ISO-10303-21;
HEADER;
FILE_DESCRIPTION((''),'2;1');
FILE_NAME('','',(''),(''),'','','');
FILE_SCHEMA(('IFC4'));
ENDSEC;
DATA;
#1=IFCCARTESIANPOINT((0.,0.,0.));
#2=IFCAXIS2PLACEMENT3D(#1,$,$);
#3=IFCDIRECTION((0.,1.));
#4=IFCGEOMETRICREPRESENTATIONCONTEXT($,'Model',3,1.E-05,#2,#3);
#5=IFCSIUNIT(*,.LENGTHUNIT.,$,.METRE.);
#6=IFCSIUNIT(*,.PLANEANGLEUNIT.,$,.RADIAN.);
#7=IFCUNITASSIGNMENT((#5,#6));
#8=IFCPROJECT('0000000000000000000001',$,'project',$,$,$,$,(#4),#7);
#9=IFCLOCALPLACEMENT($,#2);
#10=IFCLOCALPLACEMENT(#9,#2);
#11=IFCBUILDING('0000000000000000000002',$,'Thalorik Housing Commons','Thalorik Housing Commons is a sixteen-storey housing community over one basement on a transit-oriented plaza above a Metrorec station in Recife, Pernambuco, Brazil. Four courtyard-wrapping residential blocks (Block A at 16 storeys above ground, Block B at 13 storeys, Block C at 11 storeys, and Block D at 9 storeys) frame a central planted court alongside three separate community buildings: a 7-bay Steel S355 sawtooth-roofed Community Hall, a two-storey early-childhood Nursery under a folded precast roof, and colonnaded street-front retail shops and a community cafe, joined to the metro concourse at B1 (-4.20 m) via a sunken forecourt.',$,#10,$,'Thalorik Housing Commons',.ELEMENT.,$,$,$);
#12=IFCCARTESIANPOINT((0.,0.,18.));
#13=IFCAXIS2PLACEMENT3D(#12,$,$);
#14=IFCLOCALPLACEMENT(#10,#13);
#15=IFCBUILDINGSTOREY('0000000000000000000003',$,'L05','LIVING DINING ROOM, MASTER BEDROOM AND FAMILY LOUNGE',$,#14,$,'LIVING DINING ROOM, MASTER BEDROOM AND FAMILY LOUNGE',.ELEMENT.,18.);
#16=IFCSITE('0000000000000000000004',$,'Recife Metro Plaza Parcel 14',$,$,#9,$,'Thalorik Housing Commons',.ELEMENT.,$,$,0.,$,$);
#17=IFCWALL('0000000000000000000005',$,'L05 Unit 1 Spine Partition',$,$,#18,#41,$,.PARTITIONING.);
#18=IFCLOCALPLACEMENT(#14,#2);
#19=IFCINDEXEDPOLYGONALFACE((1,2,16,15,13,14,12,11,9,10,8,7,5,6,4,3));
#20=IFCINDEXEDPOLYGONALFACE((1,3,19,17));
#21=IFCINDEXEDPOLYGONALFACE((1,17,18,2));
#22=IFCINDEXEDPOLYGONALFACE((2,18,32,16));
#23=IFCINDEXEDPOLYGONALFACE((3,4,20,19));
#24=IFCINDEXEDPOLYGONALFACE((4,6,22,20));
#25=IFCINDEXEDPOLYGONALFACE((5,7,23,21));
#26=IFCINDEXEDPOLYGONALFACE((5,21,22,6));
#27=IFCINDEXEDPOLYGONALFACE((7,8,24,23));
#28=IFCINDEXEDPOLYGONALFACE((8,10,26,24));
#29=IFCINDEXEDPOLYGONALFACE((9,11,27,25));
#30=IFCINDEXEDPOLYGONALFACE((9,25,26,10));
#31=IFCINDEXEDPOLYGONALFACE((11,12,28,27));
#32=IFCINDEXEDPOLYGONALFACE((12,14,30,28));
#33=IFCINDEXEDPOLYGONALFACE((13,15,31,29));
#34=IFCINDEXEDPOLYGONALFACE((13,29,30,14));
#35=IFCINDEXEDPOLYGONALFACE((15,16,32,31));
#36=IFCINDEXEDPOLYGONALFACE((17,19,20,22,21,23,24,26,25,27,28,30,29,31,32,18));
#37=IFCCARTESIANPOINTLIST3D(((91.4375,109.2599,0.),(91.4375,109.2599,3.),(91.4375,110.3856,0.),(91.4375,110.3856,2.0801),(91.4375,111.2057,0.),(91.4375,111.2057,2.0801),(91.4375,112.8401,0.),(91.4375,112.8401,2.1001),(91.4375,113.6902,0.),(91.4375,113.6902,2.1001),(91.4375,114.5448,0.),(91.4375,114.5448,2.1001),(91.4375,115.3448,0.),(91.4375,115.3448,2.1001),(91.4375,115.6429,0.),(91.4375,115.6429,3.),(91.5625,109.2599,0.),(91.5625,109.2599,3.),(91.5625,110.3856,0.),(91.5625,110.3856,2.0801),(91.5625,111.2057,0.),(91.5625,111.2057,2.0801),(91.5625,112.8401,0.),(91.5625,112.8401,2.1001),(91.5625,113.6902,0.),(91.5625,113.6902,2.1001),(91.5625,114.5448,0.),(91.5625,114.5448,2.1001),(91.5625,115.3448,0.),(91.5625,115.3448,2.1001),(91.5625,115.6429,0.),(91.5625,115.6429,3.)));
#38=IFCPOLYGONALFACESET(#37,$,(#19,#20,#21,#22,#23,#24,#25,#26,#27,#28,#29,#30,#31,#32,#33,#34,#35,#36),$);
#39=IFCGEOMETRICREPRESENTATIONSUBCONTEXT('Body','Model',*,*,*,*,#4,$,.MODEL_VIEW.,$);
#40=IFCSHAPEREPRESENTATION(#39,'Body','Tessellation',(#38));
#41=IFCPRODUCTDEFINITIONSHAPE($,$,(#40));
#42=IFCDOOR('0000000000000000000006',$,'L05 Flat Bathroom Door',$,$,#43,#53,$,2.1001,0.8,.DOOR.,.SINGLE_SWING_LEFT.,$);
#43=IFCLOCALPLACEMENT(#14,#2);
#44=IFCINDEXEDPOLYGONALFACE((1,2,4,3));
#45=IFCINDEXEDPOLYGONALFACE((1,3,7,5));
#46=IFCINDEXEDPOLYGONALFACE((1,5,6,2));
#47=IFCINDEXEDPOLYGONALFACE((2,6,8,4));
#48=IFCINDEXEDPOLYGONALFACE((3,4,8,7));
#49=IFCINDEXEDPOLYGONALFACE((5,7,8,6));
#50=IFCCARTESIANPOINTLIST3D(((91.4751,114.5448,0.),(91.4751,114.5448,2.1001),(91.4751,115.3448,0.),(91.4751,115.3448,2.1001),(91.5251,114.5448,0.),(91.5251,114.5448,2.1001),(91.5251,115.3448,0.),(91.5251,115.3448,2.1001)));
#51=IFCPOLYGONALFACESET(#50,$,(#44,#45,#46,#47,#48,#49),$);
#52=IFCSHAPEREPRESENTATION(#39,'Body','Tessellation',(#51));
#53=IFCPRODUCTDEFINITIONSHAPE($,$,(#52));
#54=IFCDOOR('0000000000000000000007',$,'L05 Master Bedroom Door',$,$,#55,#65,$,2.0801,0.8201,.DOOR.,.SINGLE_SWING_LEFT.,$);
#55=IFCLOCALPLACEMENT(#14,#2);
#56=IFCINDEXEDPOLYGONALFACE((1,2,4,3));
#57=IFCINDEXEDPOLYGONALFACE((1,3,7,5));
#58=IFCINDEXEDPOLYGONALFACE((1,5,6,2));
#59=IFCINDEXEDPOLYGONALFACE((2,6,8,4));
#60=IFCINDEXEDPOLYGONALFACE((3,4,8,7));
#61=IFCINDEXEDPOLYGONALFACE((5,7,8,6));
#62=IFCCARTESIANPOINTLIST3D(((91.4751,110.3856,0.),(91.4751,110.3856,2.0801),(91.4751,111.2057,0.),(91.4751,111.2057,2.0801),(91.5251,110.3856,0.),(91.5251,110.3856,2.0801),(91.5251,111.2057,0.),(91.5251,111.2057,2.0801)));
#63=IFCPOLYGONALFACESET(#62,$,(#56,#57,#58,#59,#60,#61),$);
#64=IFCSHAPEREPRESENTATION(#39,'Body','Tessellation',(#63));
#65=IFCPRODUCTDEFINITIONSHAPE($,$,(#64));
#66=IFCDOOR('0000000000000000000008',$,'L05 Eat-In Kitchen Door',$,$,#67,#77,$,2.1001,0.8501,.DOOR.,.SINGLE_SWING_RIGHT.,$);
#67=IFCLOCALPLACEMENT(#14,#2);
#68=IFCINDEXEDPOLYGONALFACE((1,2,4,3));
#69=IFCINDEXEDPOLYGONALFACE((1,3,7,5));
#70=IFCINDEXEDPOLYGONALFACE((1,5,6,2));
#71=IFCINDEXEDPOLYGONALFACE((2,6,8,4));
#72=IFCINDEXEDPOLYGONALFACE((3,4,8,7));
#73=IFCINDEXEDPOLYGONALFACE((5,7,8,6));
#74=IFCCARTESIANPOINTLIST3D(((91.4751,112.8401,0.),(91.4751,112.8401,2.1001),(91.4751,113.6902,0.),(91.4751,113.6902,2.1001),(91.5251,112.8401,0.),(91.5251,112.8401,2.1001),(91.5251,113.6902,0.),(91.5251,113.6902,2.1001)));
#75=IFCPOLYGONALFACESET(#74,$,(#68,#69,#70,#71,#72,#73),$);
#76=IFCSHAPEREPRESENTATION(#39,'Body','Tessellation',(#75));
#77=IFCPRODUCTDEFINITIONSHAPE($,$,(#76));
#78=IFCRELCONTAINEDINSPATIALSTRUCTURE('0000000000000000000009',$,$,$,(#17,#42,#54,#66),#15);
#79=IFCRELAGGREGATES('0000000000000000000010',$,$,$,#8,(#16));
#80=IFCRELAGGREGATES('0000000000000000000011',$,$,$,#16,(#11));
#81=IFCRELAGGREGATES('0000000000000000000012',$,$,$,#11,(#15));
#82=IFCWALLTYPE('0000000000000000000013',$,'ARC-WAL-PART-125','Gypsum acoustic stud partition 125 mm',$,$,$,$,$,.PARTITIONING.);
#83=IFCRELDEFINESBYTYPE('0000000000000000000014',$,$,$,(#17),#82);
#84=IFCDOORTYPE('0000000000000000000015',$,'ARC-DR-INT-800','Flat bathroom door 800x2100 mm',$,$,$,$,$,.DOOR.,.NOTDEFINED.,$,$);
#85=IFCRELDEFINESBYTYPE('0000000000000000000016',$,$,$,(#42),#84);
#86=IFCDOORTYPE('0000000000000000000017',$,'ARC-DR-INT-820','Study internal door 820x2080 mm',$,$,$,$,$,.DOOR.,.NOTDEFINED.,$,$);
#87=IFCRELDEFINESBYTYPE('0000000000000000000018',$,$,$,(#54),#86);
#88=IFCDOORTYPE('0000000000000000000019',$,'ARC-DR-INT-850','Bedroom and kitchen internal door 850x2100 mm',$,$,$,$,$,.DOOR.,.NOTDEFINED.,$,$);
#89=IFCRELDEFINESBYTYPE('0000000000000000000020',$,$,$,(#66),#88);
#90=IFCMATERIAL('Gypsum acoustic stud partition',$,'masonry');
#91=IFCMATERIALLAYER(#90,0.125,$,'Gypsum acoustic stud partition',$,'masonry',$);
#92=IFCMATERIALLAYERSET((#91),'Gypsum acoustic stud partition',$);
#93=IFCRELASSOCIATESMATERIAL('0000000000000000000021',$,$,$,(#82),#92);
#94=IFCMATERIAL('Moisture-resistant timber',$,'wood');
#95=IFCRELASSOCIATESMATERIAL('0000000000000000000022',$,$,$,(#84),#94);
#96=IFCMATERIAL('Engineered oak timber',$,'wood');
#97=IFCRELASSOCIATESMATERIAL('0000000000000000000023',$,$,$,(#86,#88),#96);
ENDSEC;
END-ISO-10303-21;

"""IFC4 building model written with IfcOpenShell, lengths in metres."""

from ifc_helpers import new_model, si_unit, direction, frame, frame_2d, origin, place, context, subcontext, project, spatial, rectangle, extrude, material, layer, layer_set, type_object, element, fill, save


model = new_model("IFC4")

# Units and contexts
model_context = context("Model", 3, precision=1e-05, world=origin(), true_north=direction((0.0, 1.0)))
body_context = subcontext(model_context, "Body", "Model", "MODEL_VIEW")
ifc_project = project(units=[si_unit("LENGTHUNIT", "METRE"), si_unit("PLANEANGLEUNIT", "RADIAN")], contexts=[model_context])

# Site, building, storey
site_placement = place(None, origin())
site = spatial("IfcSite", under=ifc_project, at=site_placement, Name="Recife Metro Plaza Parcel 14", LongName="Thalorik Housing Commons", CompositionType="ELEMENT", RefElevation=0.0)
building_placement = place(site_placement, origin())
building = spatial("IfcBuilding", under=site, at=building_placement, Name="Thalorik Housing Commons", Description="Thalorik Housing Commons is a sixteen-storey housing community over one basement on a transit-oriented plaza above a Metrorec station in Recife, Pernambuco, Brazil. Four courtyard-wrapping residential blocks (Block A at 16 storeys above ground, Block B at 13 storeys, Block C at 11 storeys, and Block D at 9 storeys) frame a central planted court alongside three separate community buildings: a 7-bay Steel S355 sawtooth-roofed Community Hall, a two-storey early-childhood Nursery under a folded precast roof, and colonnaded street-front retail shops and a community cafe, joined to the metro concourse at B1 (-4.20 m) via a sunken forecourt.", LongName="Thalorik Housing Commons", CompositionType="ELEMENT")
storey_placement = place(building_placement, frame((0.0, 0.0, 18.0)))
storey = spatial("IfcBuildingStorey", under=building, at=storey_placement, Name="L05", Description="LIVING DINING ROOM, MASTER BEDROOM AND FAMILY LOUNGE", LongName="LIVING DINING ROOM, MASTER BEDROOM AND FAMILY LOUNGE", CompositionType="ELEMENT", Elevation=18.0)

# Wall, openings, doors
ifc_material_1 = material(Name="Gypsum acoustic stud partition", Category="masonry")
ifc_layer_1 = layer(ifc_material_1, 0.125, Name="Gypsum acoustic stud partition", Category="masonry")
ifc_layer_set_1 = layer_set([ifc_layer_1], Name="Gypsum acoustic stud partition")
wall_type_1 = type_object("IfcWallType", Name="ARC-WAL-PART-125", Description="Gypsum acoustic stud partition 125 mm", PredefinedType="PARTITIONING", material=ifc_layer_set_1)
wall_1_placement = place(storey_placement, frame((91.5, 109.26, 0.0), z_axis=(0.0, 0.0, 1.0), x_axis=(0.0, 1.0, 0.0)))
wall_1 = element("IfcWall", 1, at=wall_1_placement, inside=storey, type_object=wall_type_1, Name="L05 Unit 1 Spine Partition", PredefinedType="PARTITIONING", context=body_context, shape_type="SweptSolid", body=[
    extrude(rectangle(XDim=6.3831, YDim=0.125, at=frame_2d((3.1914, 0.0))), origin(), (0.0, 0.0, 1.0), 3.0),
])
opening_1_placement = place(wall_1_placement, frame((1.1255, 0.0, 0.0)))
opening_1 = element("IfcOpeningElement", 2, at=opening_1_placement, cuts=wall_1, PredefinedType="OPENING", context=body_context, shape_type="SweptSolid", body=[
    extrude(rectangle(XDim=0.8201, YDim=2.0801, at=frame_2d((0.4102, 1.04))), frame((0.0, 0.0725, 0.0), z_axis=(0.0, -1.0, 0.0), x_axis=(1.0, 0.0, 0.0)), (0.0, 0.0, 1.0), 0.145),
])
opening_2_placement = place(wall_1_placement, frame((3.5801, 0.0, 0.0)))
opening_2 = element("IfcOpeningElement", 3, at=opening_2_placement, cuts=wall_1, PredefinedType="OPENING", context=body_context, shape_type="SweptSolid", body=[
    extrude(rectangle(XDim=0.8501, YDim=2.1001, at=frame_2d((0.425, 1.05))), frame((0.0, 0.0725, 0.0), z_axis=(0.0, -1.0, 0.0), x_axis=(1.0, 0.0, 0.0)), (0.0, 0.0, 1.0), 0.145),
])
opening_3_placement = place(wall_1_placement, frame((5.2849, 0.0, 0.0)))
opening_3 = element("IfcOpeningElement", 4, at=opening_3_placement, cuts=wall_1, PredefinedType="OPENING", context=body_context, shape_type="SweptSolid", body=[
    extrude(rectangle(XDim=0.8, YDim=2.1001, at=frame_2d((0.3999, 1.05))), frame((0.0, 0.0725, 0.0), z_axis=(0.0, -1.0, 0.0), x_axis=(1.0, 0.0, 0.0)), (0.0, 0.0, 1.0), 0.145),
])
ifc_material_2 = material(Name="Moisture-resistant timber", Category="wood")
door_type_1 = type_object("IfcDoorType", Name="ARC-DR-INT-800", Description="Flat bathroom door 800x2100 mm", OperationType="NOTDEFINED", PredefinedType="DOOR", material=ifc_material_2)
door_1_placement = place(opening_3_placement, origin())
door_1 = element("IfcDoor", 5, at=door_1_placement, inside=storey, type_object=door_type_1, Name="L05 Flat Bathroom Door", OperationType="SINGLE_SWING_LEFT", OverallHeight=2.1001, OverallWidth=0.8, PredefinedType="DOOR", context=body_context, shape_type="SweptSolid", body=[
    extrude(rectangle(XDim=0.8, YDim=2.1001, at=frame_2d((0.3999, 1.05))), frame((0.0, 0.0249, 0.0), z_axis=(0.0, -1.0, 0.0), x_axis=(1.0, 0.0, 0.0)), (0.0, 0.0, 1.0), 0.05),
])
fill(opening_3, door_1)
ifc_material_3 = material(Name="Engineered oak timber", Category="wood")
door_type_2 = type_object("IfcDoorType", Name="ARC-DR-INT-820", Description="Study internal door 820x2080 mm", OperationType="NOTDEFINED", PredefinedType="DOOR", material=ifc_material_3)
door_2_placement = place(opening_1_placement, origin())
door_2 = element("IfcDoor", 6, at=door_2_placement, inside=storey, type_object=door_type_2, Name="L05 Master Bedroom Door", OperationType="SINGLE_SWING_LEFT", OverallHeight=2.0801, OverallWidth=0.8201, PredefinedType="DOOR", context=body_context, shape_type="SweptSolid", body=[
    extrude(rectangle(XDim=0.8201, YDim=2.0801, at=frame_2d((0.4102, 1.04))), frame((0.0, 0.0249, 0.0), z_axis=(0.0, -1.0, 0.0), x_axis=(1.0, 0.0, 0.0)), (0.0, 0.0, 1.0), 0.05),
])
fill(opening_1, door_2)
door_type_3 = type_object("IfcDoorType", Name="ARC-DR-INT-850", Description="Bedroom and kitchen internal door 850x2100 mm", OperationType="NOTDEFINED", PredefinedType="DOOR", material=ifc_material_3)
door_3_placement = place(opening_2_placement, origin())
door_3 = element("IfcDoor", 7, at=door_3_placement, inside=storey, type_object=door_type_3, Name="L05 Eat-In Kitchen Door", OperationType="SINGLE_SWING_RIGHT", OverallHeight=2.1001, OverallWidth=0.8501, PredefinedType="DOOR", context=body_context, shape_type="SweptSolid", body=[
    extrude(rectangle(XDim=0.8501, YDim=2.1001, at=frame_2d((0.425, 1.05))), frame((0.0, 0.0249, 0.0), z_axis=(0.0, -1.0, 0.0), x_axis=(1.0, 0.0, 0.0)), (0.0, 0.0, 1.0), 0.05),
])
fill(opening_2, door_3)

save(model, "model.ifc")
